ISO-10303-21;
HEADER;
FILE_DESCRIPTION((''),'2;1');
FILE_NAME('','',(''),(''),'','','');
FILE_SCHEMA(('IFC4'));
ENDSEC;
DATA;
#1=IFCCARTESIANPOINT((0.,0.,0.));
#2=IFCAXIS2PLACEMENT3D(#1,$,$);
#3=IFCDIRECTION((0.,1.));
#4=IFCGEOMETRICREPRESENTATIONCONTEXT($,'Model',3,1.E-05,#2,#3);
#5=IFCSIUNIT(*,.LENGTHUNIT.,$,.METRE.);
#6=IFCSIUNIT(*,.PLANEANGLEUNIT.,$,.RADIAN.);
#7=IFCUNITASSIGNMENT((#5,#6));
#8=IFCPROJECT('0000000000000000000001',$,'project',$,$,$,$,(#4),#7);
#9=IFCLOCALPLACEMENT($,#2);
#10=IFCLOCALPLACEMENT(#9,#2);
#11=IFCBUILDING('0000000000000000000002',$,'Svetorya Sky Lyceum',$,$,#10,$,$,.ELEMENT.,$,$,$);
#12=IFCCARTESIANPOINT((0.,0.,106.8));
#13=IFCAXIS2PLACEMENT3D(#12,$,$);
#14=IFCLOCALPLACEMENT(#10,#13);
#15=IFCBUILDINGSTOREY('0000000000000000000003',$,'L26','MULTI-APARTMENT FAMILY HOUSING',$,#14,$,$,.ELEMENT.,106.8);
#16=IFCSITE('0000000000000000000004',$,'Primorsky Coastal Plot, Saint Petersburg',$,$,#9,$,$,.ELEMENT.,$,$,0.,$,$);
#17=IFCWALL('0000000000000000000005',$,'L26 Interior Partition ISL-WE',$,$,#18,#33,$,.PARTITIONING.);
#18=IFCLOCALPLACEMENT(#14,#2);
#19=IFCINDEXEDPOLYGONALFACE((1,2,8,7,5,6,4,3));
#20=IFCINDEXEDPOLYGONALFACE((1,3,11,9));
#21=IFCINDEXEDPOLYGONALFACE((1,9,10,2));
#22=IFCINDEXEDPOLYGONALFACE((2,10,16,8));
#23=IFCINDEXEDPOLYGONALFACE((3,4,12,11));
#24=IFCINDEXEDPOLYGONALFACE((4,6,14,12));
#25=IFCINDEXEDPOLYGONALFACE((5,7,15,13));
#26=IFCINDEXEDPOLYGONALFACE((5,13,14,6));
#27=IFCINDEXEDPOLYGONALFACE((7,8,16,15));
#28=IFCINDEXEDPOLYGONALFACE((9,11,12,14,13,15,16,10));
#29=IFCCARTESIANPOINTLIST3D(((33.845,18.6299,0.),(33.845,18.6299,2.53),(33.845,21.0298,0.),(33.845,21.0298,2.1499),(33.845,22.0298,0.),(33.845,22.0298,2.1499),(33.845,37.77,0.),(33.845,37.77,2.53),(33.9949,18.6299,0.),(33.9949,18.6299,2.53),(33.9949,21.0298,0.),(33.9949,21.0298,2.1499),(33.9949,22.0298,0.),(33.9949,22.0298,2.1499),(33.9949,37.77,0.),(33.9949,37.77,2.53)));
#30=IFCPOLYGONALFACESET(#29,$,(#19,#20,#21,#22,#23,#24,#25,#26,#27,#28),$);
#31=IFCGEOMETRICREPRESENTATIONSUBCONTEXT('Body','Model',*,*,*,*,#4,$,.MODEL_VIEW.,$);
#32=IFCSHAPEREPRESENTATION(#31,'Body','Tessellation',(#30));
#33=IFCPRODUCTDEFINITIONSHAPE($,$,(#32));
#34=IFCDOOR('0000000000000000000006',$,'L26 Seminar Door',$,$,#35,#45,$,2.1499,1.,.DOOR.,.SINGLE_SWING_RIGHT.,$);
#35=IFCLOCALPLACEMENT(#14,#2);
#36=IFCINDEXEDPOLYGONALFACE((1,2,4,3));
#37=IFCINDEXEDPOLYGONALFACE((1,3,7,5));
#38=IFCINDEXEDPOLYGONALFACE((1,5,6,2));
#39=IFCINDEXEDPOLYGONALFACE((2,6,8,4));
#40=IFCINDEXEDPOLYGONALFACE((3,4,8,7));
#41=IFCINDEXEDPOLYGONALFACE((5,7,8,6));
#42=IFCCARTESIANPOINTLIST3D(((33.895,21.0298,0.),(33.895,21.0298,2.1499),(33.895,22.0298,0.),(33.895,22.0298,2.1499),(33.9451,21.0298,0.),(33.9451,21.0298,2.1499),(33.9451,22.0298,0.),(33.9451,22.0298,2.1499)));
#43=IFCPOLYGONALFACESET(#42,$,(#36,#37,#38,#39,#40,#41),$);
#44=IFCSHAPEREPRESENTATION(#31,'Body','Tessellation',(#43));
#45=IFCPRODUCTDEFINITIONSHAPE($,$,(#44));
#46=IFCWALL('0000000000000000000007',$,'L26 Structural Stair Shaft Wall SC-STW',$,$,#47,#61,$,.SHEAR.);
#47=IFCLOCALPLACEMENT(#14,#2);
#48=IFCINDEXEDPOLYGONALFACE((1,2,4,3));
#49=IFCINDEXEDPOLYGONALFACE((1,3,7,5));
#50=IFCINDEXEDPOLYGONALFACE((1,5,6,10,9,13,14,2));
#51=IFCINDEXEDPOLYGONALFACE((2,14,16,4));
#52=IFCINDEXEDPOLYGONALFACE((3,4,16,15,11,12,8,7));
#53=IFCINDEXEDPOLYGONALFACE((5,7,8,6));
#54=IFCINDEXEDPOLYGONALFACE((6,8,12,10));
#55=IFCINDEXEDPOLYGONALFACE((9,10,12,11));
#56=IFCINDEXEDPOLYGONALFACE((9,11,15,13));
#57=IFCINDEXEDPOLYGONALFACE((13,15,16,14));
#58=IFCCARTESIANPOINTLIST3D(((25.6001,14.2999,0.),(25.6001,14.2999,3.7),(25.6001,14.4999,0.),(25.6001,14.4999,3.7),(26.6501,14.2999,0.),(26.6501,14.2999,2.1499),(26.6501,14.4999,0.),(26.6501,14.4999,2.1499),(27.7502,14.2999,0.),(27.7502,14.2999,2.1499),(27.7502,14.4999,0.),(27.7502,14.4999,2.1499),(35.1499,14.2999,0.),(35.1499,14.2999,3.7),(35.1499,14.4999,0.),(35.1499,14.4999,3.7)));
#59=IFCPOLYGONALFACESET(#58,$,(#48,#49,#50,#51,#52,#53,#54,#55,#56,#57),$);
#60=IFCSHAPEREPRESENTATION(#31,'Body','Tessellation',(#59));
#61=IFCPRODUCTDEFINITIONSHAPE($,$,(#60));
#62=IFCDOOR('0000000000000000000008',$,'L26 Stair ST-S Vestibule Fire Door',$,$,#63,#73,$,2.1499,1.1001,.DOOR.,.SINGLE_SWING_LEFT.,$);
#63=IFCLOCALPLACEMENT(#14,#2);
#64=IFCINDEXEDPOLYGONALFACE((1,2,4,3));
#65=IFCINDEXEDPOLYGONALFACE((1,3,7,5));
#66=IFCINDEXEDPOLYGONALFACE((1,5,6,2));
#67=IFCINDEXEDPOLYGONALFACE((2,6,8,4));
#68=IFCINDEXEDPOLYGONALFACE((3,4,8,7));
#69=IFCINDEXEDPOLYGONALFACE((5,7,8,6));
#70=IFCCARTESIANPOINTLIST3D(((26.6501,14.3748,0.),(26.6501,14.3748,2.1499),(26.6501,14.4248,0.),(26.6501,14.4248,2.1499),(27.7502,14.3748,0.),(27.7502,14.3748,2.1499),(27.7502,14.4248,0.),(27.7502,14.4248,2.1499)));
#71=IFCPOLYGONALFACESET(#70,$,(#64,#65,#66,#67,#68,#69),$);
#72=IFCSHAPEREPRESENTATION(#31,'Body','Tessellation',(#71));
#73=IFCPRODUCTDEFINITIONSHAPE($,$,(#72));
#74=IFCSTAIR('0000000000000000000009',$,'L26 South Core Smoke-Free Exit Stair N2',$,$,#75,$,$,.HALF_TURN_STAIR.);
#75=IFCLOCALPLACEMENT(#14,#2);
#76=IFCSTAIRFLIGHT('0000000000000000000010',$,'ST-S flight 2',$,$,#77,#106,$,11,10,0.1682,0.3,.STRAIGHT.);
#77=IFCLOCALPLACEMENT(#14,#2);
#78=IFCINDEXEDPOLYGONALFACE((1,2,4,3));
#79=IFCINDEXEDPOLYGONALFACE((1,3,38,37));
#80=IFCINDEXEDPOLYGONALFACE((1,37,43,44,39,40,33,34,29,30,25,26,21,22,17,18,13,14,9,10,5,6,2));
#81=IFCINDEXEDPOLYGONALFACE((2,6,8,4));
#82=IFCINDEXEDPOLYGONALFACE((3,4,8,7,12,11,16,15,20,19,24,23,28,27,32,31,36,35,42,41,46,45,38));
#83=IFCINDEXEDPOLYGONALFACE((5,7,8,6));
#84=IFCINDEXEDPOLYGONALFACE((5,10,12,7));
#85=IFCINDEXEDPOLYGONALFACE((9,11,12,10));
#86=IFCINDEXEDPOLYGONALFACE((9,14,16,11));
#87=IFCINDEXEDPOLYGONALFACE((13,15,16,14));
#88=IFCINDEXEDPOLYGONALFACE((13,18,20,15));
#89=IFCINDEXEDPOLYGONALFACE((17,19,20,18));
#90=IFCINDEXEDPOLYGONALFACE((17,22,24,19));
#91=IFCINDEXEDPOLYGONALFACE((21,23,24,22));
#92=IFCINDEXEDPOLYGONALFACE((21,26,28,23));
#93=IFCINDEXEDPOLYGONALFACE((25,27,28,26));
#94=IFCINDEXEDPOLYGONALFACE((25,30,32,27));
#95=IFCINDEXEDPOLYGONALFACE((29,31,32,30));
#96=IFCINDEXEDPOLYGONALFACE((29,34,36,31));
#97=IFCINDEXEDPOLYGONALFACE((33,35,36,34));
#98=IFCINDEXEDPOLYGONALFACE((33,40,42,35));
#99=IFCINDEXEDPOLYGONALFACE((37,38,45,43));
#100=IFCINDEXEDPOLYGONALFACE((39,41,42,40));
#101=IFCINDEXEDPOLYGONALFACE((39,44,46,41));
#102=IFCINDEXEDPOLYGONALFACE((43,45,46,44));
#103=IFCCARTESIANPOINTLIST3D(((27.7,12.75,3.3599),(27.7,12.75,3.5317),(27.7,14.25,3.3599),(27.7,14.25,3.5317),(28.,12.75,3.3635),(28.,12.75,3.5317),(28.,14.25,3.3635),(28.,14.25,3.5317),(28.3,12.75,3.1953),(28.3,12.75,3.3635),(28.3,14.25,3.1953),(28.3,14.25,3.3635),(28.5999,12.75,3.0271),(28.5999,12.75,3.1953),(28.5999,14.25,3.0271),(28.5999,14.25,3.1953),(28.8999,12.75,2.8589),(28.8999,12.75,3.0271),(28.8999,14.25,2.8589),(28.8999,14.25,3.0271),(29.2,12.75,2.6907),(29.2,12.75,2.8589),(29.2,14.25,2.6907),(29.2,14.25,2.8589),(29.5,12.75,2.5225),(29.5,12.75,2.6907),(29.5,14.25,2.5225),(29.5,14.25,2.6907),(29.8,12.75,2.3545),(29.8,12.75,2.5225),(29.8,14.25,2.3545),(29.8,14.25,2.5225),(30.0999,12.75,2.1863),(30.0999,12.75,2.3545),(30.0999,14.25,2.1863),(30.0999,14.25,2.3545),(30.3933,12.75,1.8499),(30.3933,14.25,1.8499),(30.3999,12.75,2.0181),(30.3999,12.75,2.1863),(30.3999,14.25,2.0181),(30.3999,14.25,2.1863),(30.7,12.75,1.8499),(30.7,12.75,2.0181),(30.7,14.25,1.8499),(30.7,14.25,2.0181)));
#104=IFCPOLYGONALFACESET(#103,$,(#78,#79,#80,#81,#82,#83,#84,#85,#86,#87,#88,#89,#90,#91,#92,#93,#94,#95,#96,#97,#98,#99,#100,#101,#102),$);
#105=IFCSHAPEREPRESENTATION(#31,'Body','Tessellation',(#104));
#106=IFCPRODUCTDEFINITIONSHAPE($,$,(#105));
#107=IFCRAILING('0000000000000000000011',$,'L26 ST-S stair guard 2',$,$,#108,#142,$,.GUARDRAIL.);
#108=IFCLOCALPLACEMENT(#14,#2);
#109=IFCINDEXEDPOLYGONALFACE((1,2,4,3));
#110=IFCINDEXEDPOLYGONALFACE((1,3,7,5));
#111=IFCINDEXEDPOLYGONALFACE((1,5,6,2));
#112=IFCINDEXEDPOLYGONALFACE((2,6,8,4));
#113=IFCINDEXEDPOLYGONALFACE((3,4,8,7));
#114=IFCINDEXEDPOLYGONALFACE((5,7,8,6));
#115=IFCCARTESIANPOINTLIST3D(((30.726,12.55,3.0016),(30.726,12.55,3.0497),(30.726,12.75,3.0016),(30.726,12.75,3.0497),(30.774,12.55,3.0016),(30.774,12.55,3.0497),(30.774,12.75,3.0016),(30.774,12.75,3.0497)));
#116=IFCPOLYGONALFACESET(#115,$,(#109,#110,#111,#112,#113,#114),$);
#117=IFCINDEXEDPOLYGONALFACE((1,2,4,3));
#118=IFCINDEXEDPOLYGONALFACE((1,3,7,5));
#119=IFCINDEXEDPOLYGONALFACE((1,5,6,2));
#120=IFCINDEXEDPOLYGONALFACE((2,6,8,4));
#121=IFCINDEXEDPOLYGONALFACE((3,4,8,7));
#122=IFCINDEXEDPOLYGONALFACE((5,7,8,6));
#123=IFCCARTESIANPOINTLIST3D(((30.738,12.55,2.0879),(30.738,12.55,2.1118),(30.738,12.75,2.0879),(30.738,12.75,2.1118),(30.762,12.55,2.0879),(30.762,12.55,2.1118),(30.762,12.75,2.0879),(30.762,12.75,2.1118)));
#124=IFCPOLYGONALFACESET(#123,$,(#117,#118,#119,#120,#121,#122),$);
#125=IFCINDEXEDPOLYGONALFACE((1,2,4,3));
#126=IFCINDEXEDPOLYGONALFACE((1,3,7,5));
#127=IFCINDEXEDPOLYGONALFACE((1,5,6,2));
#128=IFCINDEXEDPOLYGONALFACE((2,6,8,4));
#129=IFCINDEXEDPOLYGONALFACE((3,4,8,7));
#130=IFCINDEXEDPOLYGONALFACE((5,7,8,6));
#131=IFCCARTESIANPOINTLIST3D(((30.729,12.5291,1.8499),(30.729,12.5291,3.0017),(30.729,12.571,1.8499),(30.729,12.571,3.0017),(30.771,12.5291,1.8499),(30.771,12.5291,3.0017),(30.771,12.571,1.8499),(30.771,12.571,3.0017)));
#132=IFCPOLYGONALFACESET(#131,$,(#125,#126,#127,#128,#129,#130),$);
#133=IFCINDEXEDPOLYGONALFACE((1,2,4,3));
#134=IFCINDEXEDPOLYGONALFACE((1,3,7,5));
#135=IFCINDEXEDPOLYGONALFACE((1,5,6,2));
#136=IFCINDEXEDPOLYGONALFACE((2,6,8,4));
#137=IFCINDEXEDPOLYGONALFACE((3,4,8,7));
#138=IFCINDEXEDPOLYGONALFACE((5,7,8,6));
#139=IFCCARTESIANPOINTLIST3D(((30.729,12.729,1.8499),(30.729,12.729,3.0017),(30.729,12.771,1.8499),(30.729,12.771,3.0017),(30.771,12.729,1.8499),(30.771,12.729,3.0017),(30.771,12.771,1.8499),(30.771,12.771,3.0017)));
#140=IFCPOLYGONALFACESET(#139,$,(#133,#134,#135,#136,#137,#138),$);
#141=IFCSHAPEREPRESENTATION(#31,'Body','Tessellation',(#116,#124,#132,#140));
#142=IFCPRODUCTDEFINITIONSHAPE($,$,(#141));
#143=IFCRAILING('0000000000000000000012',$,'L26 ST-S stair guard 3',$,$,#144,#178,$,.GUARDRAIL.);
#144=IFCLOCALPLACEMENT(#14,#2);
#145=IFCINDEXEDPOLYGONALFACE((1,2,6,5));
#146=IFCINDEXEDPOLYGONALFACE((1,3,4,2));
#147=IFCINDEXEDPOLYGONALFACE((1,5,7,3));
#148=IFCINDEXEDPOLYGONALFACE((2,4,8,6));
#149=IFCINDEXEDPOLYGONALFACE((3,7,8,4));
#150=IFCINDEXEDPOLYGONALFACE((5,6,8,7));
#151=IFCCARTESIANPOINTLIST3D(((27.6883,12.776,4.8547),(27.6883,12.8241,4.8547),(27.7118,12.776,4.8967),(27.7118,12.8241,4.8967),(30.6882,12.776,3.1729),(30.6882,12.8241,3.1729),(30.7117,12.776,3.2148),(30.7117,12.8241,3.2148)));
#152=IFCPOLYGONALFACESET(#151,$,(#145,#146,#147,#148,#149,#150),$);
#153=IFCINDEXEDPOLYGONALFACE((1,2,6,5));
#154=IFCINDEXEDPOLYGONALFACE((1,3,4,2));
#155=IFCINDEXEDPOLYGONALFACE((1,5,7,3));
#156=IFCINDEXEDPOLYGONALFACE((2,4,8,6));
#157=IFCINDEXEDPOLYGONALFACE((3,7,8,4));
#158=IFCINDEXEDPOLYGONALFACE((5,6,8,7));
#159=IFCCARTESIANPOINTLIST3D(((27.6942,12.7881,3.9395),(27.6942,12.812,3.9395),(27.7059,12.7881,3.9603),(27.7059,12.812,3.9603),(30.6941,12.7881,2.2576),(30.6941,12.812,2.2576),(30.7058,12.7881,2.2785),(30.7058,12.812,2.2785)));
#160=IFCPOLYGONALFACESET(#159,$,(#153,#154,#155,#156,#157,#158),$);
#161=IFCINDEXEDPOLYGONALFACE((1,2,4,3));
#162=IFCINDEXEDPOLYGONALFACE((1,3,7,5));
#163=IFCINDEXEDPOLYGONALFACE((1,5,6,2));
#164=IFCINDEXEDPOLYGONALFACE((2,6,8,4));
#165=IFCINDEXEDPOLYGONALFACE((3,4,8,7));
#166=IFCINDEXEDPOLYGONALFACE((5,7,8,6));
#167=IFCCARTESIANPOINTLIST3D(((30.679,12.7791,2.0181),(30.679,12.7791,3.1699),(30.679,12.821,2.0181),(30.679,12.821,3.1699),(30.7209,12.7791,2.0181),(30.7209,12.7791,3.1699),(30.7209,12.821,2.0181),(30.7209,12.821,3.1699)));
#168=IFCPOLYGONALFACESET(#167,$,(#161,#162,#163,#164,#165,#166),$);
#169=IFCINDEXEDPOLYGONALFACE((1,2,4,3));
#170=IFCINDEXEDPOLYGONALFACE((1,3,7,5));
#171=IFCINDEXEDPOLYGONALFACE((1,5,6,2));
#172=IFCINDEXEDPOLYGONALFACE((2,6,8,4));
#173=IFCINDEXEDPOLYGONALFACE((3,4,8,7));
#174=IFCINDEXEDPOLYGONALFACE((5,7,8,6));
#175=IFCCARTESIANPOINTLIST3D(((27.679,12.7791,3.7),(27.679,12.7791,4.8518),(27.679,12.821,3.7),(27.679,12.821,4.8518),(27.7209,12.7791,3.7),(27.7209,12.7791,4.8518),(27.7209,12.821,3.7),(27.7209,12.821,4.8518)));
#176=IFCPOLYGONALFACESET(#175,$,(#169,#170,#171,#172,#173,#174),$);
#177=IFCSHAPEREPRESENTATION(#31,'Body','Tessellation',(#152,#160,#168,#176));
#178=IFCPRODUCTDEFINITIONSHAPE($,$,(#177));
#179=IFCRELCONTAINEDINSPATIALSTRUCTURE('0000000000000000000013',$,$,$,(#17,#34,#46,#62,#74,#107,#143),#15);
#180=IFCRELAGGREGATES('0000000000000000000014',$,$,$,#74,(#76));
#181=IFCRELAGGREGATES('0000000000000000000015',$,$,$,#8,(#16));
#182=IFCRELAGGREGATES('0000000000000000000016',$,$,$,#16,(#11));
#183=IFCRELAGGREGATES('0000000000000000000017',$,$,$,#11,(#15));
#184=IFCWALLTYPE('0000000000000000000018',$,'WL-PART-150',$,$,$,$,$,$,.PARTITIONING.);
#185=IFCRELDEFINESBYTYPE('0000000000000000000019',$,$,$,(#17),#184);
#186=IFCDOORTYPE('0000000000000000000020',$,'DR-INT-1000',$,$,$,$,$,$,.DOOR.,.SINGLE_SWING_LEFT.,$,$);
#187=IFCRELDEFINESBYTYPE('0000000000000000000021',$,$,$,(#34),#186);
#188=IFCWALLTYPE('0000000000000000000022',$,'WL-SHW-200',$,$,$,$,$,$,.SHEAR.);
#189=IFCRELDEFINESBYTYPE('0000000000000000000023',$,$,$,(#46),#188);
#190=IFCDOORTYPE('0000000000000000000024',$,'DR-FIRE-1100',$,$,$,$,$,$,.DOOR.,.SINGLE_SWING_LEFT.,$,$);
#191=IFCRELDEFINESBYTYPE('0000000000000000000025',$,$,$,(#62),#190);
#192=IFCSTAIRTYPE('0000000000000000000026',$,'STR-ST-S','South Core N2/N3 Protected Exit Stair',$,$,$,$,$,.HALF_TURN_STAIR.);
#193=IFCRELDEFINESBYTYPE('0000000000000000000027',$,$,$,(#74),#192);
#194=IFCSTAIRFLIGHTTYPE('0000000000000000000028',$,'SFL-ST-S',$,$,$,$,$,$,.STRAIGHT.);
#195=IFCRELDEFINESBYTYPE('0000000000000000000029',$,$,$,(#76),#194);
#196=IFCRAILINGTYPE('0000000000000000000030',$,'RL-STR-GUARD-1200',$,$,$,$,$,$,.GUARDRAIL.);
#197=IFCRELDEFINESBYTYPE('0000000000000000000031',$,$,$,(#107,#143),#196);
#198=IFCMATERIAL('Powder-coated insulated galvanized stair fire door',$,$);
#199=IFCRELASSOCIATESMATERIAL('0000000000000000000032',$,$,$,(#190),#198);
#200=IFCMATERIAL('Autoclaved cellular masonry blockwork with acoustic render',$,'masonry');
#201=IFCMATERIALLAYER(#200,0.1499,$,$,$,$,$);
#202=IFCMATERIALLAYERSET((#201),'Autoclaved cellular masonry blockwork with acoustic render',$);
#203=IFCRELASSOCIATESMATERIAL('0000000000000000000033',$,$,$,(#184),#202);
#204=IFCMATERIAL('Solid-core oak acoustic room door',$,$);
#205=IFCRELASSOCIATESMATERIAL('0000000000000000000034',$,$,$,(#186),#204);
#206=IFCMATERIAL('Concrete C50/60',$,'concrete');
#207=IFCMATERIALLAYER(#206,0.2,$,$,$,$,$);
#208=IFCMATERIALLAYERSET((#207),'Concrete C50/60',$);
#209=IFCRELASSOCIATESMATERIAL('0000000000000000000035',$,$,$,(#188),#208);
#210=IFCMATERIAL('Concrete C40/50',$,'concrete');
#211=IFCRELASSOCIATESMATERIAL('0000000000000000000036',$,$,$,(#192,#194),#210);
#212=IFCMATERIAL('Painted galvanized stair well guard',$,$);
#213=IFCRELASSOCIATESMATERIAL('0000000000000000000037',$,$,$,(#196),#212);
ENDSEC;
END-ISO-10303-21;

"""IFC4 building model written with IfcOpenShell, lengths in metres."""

from ifc_helpers import new_model, si_unit, direction, frame, frame_2d, origin, origin_2d, place, context, subcontext, project, spatial, polyline, rectangle, outline, extrude, material, layer, layer_set, type_object, element, fill, aggregate, save


model = new_model("IFC4")

# Units and contexts
model_context = context("Model", 3, precision=1e-05, world=origin(), true_north=direction((0.0, 1.0)))
body_context = subcontext(model_context, "Body", "Model", "MODEL_VIEW")
ifc_project = project(units=[si_unit("LENGTHUNIT", "METRE"), si_unit("PLANEANGLEUNIT", "RADIAN")], contexts=[model_context])

# Site, building, storey
site_placement = place(None, origin())
site = spatial("IfcSite", under=ifc_project, at=site_placement, Name="Primorsky Coastal Plot, Saint Petersburg", CompositionType="ELEMENT", RefElevation=0.0)
building_placement = place(site_placement, origin())
building = spatial("IfcBuilding", under=site, at=building_placement, Name="Svetorya Sky Lyceum", CompositionType="ELEMENT")
storey_placement = place(building_placement, frame((0.0, 0.0, 106.8)))
storey = spatial("IfcBuildingStorey", under=building, at=storey_placement, Name="L26", Description="MULTI-APARTMENT FAMILY HOUSING", CompositionType="ELEMENT", Elevation=106.8)

# Shared definitions
ifc_material_1 = material(Name="Concrete C50/60", Category="concrete")

# Shared definitions
ifc_material_2 = material(Name="Powder-coated insulated galvanized stair fire door")
door_type_1 = type_object("IfcDoorType", Name="DR-FIRE-1100", OperationType="SINGLE_SWING_LEFT", PredefinedType="DOOR", material=ifc_material_2)

# Shared definitions
ifc_material_3 = material(Name="Autoclaved cellular masonry blockwork with acoustic render", Category="masonry")
ifc_layer_1 = layer(ifc_material_3, 0.1499)
ifc_layer_set_1 = layer_set([ifc_layer_1], Name="Autoclaved cellular masonry blockwork with acoustic render")
wall_type_1 = type_object("IfcWallType", Name="WL-PART-150", PredefinedType="PARTITIONING", material=ifc_layer_set_1)

# Walls, openings, doors
ifc_material_4 = material(Name="Solid-core oak acoustic room door")
door_type_2 = type_object("IfcDoorType", Name="DR-INT-1000", OperationType="SINGLE_SWING_LEFT", PredefinedType="DOOR", material=ifc_material_4)
wall_1_placement = place(storey_placement, frame((33.9199, 18.6299, 0.0), z_axis=(0.0, 0.0, 1.0), x_axis=(0.0, 1.0, 0.0)))
wall_1 = element("IfcWall", 1, at=wall_1_placement, inside=storey, type_object=wall_type_1, Name="L26 Interior Partition ISL-WE", PredefinedType="PARTITIONING", context=body_context, shape_type="SweptSolid", body=[
    extrude(rectangle(XDim=19.1401, YDim=0.1499, at=frame_2d((9.5701, 0.0))), origin(), (0.0, 0.0, 1.0), 2.53),
])
opening_1_placement = place(wall_1_placement, frame((2.3999, 0.0, 0.0)))
opening_1 = element("IfcOpeningElement", 2, at=opening_1_placement, cuts=wall_1, PredefinedType="OPENING", context=body_context, shape_type="SweptSolid", body=[
    extrude(rectangle(XDim=1.0, YDim=2.1499, at=frame_2d((0.5, 1.075))), frame((0.0, 0.085, 0.0), z_axis=(0.0, -1.0, 0.0), x_axis=(1.0, 0.0, 0.0)), (0.0, 0.0, 1.0), 0.1699),
])
door_1_placement = place(opening_1_placement, origin())
door_1 = element("IfcDoor", 3, at=door_1_placement, inside=storey, type_object=door_type_2, Name="L26 Seminar Door", OperationType="SINGLE_SWING_RIGHT", OverallHeight=2.1499, OverallWidth=1.0, PredefinedType="DOOR", context=body_context, shape_type="SweptSolid", body=[
    extrude(rectangle(XDim=1.0, YDim=2.1499, at=frame_2d((0.5, 1.075))), frame((0.0, 0.0249, 0.0), z_axis=(0.0, -1.0, 0.0), x_axis=(1.0, 0.0, 0.0)), (0.0, 0.0, 1.0), 0.05),
])
fill(opening_1, door_1)
ifc_layer_2 = layer(ifc_material_1, 0.2)
ifc_layer_set_2 = layer_set([ifc_layer_2], Name="Concrete C50/60")
wall_type_2 = type_object("IfcWallType", Name="WL-SHW-200", PredefinedType="SHEAR", material=ifc_layer_set_2)
wall_2_placement = place(storey_placement, frame((25.6001, 14.3999, 0.0), z_axis=(0.0, 0.0, 1.0), x_axis=(1.0, 0.0, 0.0)))
wall_2 = element("IfcWall", 4, at=wall_2_placement, inside=storey, type_object=wall_type_2, Name="L26 Structural Stair Shaft Wall SC-STW", PredefinedType="SHEAR", context=body_context, shape_type="SweptSolid", body=[
    extrude(rectangle(XDim=9.5498, YDim=0.2, at=frame_2d((4.7749, 0.0))), origin(), (0.0, 0.0, 1.0), 3.7),
])
opening_2_placement = place(wall_2_placement, frame((1.05, 0.0, 0.0)))
opening_2 = element("IfcOpeningElement", 5, at=opening_2_placement, cuts=wall_2, PredefinedType="OPENING", context=body_context, shape_type="SweptSolid", body=[
    extrude(rectangle(XDim=1.1001, YDim=2.1499, at=frame_2d((0.55, 1.075))), frame((0.0, 0.1099, 0.0), z_axis=(0.0, -1.0, 0.0), x_axis=(1.0, 0.0, 0.0)), (0.0, 0.0, 1.0), 0.22),
])
door_2_placement = place(opening_2_placement, origin())
door_2 = element("IfcDoor", 6, at=door_2_placement, inside=storey, type_object=door_type_1, Name="L26 Stair ST-S Vestibule Fire Door", OperationType="SINGLE_SWING_LEFT", OverallHeight=2.1499, OverallWidth=1.1001, PredefinedType="DOOR", context=body_context, shape_type="SweptSolid", body=[
    extrude(rectangle(XDim=1.1001, YDim=2.1499, at=frame_2d((0.55, 1.075))), frame((0.0, 0.0249, 0.0), z_axis=(0.0, -1.0, 0.0), x_axis=(1.0, 0.0, 0.0)), (0.0, 0.0, 1.0), 0.05),
])
fill(opening_2, door_2)

# Stair, stair flight
ifc_material_5 = material(Name="Concrete C40/50", Category="concrete")
stair_type = type_object("IfcStairType", Name="STR-ST-S", Description="South Core N2/N3 Protected Exit Stair", PredefinedType="HALF_TURN_STAIR", material=ifc_material_5)
stair_placement = place(storey_placement, origin())
stair = element("IfcStair", 7, at=stair_placement, inside=storey, type_object=stair_type, Name="L26 South Core Smoke-Free Exit Stair N2", PredefinedType="HALF_TURN_STAIR")
stair_flight_type = type_object("IfcStairFlightType", Name="SFL-ST-S", PredefinedType="STRAIGHT", material=ifc_material_5)
stair_flight_placement = place(storey_placement, frame((30.7, 13.5, 1.8499), z_axis=(0.0, 0.0, 1.0), x_axis=(-1.0, 0.0, 0.0)))
stair_flight = element("IfcStairFlight", 8, at=stair_flight_placement, type_object=stair_flight_type, Name="ST-S flight 2", NumberOfRisers=11, NumberOfTreads=10, PredefinedType="STRAIGHT", RiserHeight=0.1682, TreadLength=0.3, context=body_context, shape_type="SweptSolid", body=[
    extrude(outline(polyline([(0.0, 0.0), (0.0, 0.1682), (0.3, 0.1682), (0.3, 0.3364), (0.6001, 0.3364), (0.6001, 0.5046), (0.8999, 0.5046), (0.8999, 0.6726), (1.2, 0.6726), (1.2, 0.8408), (1.5, 0.8408), (1.5, 1.009), (1.8, 1.009), (1.8, 1.1772), (2.1001, 1.1772), (2.1001, 1.3455), (2.3999, 1.3455), (2.3999, 1.5137), (2.7, 1.5137), (2.7, 1.6819), (3.0, 1.6819), (3.0, 1.8501), (3.0, 1.51), (0.3066, 0.0), (0.0, 0.0)])), frame((0.0, 0.75, 0.0), z_axis=(0.0, -1.0, 0.0), x_axis=(1.0, 0.0, 0.0)), (0.0, 0.0, 1.0), 1.5),
])
aggregate(stair, [stair_flight])

# Railings
ifc_material_6 = material(Name="Painted galvanized stair well guard")
railing_type_1 = type_object("IfcRailingType", Name="RL-STR-GUARD-1200", PredefinedType="GUARDRAIL", material=ifc_material_6)
railing_1_placement = place(storey_placement, frame((30.75, 12.55, 1.8499)))
element("IfcRailing", 9, at=railing_1_placement, inside=storey, type_object=railing_type_1, Name="L26 ST-S stair guard 2", PredefinedType="GUARDRAIL", context=body_context, shape_type="SweptSolid", body=[
    extrude(rectangle(XDim=0.0481, YDim=0.0481, at=origin_2d()), frame((0.0, 0.0, 1.1758), z_axis=(0.0, 1.0, 0.0), x_axis=(-1.0, 0.0, 0.0)), (0.0, 0.0, 1.0), 0.2),
    extrude(rectangle(XDim=0.0239, YDim=0.0239, at=origin_2d()), frame((0.0, 0.0, 0.25), z_axis=(0.0, 1.0, 0.0), x_axis=(-1.0, 0.0, 0.0)), (0.0, 0.0, 1.0), 0.2),
    extrude(rectangle(XDim=0.042, YDim=0.042, at=origin_2d()), origin(), (0.0, 0.0, 1.0), 1.1519),
    extrude(rectangle(XDim=0.042, YDim=0.042, at=origin_2d()), frame((0.0, 0.2, 0.0)), (0.0, 0.0, 1.0), 1.1519),
])
railing_2_placement = place(storey_placement, frame((30.7, 12.8, 2.0181)))
element("IfcRailing", 10, at=railing_2_placement, inside=storey, type_object=railing_type_1, Name="L26 ST-S stair guard 3", PredefinedType="GUARDRAIL", context=body_context, shape_type="SweptSolid", body=[
    extrude(rectangle(XDim=0.0481, YDim=0.0481, at=origin_2d()), frame((0.0, 0.0, 1.1758), z_axis=(-0.872272, 0.0, 0.48902), x_axis=(0.0, -1.0, 0.0)), (0.0, 0.0, 1.0), 3.4392),
    extrude(rectangle(XDim=0.0239, YDim=0.0239, at=origin_2d()), frame((0.0, 0.0, 0.25), z_axis=(-0.872272, 0.0, 0.48902), x_axis=(0.0, -1.0, 0.0)), (0.0, 0.0, 1.0), 3.4392),
    extrude(rectangle(XDim=0.042, YDim=0.042, at=origin_2d()), origin(), (0.0, 0.0, 1.0), 1.1519),
    extrude(rectangle(XDim=0.042, YDim=0.042, at=origin_2d()), frame((-3.0, 0.0, 1.6819)), (0.0, 0.0, 1.0), 1.1519),
])

save(model, "model.ifc")
